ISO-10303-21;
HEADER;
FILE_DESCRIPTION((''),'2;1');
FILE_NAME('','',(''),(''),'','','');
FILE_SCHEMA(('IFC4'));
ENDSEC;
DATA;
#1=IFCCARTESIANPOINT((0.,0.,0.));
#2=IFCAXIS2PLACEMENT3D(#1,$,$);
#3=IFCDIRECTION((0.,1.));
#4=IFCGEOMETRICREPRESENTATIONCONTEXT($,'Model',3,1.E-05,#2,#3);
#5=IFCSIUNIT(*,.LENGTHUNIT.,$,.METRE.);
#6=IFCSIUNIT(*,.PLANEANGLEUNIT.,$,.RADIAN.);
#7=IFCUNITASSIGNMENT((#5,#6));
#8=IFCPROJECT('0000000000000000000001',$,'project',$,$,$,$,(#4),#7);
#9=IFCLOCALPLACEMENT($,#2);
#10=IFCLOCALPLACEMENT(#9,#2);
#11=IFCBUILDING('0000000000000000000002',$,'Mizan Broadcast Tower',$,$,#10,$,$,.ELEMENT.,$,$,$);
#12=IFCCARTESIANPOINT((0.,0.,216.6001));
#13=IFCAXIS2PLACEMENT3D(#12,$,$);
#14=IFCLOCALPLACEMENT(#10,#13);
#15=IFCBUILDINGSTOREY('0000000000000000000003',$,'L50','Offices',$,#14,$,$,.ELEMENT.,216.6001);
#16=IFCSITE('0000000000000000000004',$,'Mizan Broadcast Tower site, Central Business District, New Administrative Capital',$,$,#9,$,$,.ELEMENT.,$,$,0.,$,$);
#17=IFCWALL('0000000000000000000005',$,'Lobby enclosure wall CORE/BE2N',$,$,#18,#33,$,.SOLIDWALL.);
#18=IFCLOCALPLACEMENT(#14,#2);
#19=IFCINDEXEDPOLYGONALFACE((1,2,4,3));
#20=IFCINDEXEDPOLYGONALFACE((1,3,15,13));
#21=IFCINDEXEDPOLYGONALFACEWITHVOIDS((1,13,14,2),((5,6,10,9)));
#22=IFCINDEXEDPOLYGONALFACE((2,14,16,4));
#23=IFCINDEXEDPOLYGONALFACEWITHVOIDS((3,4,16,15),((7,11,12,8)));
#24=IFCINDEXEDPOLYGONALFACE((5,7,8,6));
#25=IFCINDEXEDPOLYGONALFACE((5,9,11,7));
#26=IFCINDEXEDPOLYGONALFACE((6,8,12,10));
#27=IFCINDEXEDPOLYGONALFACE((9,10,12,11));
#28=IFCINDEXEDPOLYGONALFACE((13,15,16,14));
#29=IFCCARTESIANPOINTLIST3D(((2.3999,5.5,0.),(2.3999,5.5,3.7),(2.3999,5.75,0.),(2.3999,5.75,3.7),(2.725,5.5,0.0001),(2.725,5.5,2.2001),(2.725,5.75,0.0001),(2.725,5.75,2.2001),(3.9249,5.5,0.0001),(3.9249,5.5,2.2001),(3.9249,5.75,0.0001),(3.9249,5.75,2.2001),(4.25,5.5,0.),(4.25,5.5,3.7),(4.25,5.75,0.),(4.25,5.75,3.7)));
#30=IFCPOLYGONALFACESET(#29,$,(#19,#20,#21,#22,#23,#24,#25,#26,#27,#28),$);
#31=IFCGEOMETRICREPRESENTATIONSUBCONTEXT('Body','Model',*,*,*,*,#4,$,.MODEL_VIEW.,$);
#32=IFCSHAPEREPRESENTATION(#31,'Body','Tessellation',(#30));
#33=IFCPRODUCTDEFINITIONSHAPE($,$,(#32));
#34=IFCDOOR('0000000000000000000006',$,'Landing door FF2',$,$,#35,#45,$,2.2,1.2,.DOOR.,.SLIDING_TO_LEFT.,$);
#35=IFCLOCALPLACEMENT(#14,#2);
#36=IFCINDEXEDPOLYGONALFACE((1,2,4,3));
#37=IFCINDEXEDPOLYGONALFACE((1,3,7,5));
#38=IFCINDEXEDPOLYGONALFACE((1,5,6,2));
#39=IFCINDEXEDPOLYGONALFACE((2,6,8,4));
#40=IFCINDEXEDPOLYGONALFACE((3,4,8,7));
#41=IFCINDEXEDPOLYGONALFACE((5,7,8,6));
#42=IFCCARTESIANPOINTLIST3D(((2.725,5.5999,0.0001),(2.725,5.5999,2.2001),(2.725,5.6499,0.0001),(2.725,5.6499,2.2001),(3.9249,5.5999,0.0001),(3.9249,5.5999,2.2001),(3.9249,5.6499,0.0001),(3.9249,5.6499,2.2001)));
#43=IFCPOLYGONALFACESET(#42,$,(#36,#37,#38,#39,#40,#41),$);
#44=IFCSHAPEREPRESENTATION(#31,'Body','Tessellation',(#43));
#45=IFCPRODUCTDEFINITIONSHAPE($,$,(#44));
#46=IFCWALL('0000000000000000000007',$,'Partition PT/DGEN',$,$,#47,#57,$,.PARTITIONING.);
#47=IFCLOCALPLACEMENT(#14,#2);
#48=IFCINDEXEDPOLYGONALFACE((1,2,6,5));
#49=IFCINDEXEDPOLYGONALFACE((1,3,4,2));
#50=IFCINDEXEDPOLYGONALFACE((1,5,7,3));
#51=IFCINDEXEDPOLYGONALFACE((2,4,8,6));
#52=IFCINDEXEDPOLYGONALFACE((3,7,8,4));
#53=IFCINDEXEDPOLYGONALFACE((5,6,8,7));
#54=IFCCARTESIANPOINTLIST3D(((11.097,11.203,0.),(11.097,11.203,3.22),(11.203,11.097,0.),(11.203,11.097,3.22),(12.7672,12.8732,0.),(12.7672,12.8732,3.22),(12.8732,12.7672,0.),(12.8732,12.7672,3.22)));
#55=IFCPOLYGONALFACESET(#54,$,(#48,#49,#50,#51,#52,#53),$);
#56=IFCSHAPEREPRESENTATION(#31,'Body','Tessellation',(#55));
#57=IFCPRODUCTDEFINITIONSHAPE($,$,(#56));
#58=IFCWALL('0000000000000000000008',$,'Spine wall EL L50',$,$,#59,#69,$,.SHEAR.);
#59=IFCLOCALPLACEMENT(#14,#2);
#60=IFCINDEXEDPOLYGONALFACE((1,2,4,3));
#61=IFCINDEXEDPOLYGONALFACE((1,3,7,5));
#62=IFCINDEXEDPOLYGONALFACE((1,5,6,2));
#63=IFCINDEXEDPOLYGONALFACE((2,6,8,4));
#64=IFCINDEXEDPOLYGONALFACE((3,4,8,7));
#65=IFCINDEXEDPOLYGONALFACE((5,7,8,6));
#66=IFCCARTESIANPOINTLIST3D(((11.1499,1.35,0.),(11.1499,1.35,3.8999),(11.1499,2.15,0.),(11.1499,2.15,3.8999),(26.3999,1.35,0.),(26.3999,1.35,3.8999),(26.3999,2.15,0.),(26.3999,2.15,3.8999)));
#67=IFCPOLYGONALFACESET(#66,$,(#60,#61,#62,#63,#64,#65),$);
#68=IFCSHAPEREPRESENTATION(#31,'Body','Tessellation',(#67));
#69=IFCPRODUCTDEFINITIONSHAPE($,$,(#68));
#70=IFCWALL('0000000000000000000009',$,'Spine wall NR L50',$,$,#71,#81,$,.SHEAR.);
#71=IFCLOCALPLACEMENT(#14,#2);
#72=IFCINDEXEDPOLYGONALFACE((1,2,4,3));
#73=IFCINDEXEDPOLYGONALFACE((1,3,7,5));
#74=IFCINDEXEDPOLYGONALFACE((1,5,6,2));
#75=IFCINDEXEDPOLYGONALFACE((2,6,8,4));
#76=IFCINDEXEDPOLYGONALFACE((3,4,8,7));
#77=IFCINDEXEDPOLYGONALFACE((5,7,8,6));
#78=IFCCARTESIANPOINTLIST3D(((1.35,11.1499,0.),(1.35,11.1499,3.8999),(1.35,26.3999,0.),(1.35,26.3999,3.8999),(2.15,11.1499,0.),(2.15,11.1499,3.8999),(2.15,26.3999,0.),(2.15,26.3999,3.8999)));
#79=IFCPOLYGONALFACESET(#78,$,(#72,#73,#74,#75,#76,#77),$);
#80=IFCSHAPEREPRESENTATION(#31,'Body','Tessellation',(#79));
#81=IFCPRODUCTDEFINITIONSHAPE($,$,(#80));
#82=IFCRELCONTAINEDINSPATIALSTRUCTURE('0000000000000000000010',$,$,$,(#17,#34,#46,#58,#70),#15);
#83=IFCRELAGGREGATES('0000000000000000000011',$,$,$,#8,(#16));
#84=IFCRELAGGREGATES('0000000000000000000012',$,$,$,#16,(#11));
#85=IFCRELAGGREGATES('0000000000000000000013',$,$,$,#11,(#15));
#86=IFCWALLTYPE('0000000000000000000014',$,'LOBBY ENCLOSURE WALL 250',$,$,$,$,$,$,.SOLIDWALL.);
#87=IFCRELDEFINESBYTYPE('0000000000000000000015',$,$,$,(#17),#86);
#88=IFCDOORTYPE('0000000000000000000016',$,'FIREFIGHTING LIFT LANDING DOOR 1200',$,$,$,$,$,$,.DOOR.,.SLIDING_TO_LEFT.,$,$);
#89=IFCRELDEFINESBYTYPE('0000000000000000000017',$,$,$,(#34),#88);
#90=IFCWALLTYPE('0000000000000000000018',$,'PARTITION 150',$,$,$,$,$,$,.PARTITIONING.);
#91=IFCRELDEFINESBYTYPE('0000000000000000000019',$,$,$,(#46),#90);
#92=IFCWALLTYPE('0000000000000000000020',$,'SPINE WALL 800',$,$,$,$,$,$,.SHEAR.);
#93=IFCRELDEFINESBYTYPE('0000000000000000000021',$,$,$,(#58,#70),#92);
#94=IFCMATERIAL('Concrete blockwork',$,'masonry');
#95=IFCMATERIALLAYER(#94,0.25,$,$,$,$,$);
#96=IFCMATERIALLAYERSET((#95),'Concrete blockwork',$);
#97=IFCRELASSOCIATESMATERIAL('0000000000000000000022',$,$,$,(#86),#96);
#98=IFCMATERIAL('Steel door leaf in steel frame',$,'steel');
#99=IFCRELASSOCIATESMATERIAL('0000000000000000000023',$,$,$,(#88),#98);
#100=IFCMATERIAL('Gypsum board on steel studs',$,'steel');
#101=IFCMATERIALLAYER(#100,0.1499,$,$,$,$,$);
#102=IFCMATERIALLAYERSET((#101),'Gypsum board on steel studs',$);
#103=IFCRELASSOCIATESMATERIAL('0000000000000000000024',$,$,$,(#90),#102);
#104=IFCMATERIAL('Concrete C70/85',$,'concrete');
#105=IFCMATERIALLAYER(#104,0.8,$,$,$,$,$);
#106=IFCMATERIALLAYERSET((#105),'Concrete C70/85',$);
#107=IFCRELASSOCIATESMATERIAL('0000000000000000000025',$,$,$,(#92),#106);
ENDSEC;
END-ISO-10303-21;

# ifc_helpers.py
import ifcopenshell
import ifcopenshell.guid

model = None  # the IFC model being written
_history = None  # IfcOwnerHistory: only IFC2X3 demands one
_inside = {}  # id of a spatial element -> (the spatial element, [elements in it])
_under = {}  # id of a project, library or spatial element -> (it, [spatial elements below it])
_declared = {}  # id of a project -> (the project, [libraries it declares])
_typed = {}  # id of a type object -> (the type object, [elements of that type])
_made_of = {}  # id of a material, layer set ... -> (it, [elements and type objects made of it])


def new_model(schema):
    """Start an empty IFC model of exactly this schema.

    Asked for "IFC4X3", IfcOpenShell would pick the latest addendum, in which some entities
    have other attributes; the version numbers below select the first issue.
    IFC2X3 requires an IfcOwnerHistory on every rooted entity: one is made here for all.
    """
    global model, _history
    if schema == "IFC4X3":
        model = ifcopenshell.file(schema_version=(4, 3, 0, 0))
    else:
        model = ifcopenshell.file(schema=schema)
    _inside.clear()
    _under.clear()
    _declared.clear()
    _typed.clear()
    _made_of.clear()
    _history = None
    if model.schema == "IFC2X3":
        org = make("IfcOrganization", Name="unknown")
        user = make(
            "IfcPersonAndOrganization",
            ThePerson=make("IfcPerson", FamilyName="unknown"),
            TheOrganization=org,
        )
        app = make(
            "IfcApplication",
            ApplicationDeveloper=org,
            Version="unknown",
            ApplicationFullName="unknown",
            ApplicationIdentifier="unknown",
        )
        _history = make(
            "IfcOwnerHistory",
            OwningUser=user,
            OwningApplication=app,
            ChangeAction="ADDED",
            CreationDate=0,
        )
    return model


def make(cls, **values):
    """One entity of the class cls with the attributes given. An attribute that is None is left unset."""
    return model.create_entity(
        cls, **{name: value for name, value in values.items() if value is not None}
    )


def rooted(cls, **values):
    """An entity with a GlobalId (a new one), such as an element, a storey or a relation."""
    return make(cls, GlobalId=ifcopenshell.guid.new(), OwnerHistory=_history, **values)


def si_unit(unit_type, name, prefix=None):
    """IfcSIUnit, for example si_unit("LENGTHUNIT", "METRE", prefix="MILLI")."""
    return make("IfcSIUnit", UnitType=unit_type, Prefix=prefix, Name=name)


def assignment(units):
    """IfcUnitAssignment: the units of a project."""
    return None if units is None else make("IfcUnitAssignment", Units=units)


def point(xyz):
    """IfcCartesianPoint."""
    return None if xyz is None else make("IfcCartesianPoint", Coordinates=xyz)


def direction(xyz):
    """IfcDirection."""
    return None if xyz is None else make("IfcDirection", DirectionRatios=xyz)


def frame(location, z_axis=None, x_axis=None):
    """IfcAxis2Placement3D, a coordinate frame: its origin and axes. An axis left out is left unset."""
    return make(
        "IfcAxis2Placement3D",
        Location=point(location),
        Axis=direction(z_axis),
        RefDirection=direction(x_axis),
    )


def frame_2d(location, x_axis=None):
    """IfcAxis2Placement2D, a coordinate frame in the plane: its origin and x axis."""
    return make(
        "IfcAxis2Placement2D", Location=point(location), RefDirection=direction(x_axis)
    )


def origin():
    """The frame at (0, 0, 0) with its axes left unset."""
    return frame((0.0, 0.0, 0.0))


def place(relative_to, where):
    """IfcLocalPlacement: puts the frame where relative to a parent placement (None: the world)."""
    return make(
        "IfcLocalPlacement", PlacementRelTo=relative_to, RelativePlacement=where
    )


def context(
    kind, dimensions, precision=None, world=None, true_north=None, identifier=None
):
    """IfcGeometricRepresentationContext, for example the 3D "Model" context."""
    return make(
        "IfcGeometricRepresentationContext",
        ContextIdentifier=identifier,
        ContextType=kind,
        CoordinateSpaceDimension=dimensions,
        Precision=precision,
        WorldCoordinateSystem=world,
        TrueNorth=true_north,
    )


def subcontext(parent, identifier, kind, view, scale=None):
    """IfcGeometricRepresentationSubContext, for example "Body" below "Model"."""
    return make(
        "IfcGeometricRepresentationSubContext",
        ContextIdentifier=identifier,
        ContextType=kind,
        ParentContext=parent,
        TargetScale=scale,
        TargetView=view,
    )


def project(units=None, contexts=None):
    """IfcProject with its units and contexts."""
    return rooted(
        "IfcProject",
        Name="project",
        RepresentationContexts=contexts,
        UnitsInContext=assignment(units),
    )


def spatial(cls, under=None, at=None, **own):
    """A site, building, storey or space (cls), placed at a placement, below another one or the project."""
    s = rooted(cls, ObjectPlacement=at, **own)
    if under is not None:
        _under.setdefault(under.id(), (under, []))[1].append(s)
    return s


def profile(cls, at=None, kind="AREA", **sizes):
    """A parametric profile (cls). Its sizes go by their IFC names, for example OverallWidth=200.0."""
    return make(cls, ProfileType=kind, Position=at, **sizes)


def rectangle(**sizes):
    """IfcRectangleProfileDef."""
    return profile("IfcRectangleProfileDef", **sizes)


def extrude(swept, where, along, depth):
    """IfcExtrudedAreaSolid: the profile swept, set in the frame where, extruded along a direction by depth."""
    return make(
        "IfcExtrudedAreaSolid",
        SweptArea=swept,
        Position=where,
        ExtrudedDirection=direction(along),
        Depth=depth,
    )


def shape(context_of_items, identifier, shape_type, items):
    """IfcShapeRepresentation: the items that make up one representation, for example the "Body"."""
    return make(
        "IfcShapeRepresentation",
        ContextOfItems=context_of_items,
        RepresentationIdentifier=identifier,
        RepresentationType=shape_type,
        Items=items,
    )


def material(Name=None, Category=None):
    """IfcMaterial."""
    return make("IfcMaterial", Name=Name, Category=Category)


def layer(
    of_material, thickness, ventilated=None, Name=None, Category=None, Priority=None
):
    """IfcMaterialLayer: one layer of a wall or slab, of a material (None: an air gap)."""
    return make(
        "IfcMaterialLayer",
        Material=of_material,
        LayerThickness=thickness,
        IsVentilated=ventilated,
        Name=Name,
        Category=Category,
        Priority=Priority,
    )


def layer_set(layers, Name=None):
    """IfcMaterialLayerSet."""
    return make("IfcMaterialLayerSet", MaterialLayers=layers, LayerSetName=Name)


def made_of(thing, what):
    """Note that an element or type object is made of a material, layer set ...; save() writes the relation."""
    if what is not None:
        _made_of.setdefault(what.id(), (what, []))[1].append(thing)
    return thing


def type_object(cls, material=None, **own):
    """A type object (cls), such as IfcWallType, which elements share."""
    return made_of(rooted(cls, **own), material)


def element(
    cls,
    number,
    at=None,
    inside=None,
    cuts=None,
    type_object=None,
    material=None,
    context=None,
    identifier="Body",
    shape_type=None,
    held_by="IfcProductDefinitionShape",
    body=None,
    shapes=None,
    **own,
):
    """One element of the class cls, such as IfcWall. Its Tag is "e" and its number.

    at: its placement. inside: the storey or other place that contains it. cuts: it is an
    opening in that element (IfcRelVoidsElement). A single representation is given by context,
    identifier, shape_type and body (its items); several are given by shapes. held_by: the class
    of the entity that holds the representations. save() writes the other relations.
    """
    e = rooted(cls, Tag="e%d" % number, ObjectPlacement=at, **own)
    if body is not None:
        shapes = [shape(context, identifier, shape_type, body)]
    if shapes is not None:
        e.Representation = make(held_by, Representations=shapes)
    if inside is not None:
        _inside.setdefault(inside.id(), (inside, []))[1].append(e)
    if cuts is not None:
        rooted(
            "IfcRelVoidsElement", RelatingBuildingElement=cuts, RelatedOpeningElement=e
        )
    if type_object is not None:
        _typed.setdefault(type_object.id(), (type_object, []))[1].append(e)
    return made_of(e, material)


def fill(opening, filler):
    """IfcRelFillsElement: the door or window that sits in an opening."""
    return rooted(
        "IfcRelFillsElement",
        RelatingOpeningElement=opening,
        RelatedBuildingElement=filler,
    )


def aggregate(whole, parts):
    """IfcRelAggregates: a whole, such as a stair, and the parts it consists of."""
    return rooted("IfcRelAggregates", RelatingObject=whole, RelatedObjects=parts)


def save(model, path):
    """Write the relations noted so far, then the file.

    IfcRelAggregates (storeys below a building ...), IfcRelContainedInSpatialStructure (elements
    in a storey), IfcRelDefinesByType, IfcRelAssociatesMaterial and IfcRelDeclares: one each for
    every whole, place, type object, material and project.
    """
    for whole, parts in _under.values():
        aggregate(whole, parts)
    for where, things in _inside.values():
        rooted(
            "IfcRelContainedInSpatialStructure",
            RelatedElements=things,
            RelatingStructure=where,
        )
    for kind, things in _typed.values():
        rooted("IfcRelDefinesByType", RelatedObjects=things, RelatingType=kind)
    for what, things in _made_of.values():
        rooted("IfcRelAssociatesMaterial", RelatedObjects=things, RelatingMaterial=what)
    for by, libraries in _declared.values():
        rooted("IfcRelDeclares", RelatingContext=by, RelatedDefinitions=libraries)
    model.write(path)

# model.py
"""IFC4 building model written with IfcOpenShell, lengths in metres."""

from ifc_helpers import new_model, si_unit, direction, frame, frame_2d, origin, place, context, subcontext, project, spatial, rectangle, extrude, material, layer, layer_set, type_object, element, fill, save


model = new_model("IFC4")

# Units and contexts
model_context = context("Model", 3, precision=1e-05, world=origin(), true_north=direction((0.0, 1.0)))
body_context = subcontext(model_context, "Body", "Model", "MODEL_VIEW")
ifc_project = project(units=[si_unit("LENGTHUNIT", "METRE"), si_unit("PLANEANGLEUNIT", "RADIAN")], contexts=[model_context])

# Site, building, storey
site_placement = place(None, origin())
site = spatial("IfcSite", under=ifc_project, at=site_placement, Name="Mizan Broadcast Tower site, Central Business District, New Administrative Capital", CompositionType="ELEMENT", RefElevation=0.0)
building_placement = place(site_placement, origin())
building = spatial("IfcBuilding", under=site, at=building_placement, Name="Mizan Broadcast Tower", CompositionType="ELEMENT")
storey_placement = place(building_placement, frame((0.0, 0.0, 216.6001)))
storey = spatial("IfcBuildingStorey", under=building, at=storey_placement, Name="L50", Description="Offices", CompositionType="ELEMENT", Elevation=216.6001)

# Wall, opening, door
ifc_material_1 = material(Name="Concrete blockwork", Category="masonry")
ifc_layer_1 = layer(ifc_material_1, 0.25)
ifc_layer_set_1 = layer_set([ifc_layer_1], Name="Concrete blockwork")
wall_type_1 = type_object("IfcWallType", Name="LOBBY ENCLOSURE WALL 250", PredefinedType="SOLIDWALL", material=ifc_layer_set_1)
wall_1_placement = place(storey_placement, frame((2.3999, 5.625, 0.0), z_axis=(0.0, 0.0, 1.0), x_axis=(1.0, 0.0, 0.0)))
wall_1 = element("IfcWall", 1, at=wall_1_placement, inside=storey, type_object=wall_type_1, Name="Lobby enclosure wall CORE/BE2N", PredefinedType="SOLIDWALL", context=body_context, shape_type="SweptSolid", body=[
    extrude(rectangle(XDim=1.8501, YDim=0.25, at=frame_2d((0.925, 0.0))), origin(), (0.0, 0.0, 1.0), 3.7),
])
opening_1_placement = place(wall_1_placement, frame((0.325, 0.0, 0.0)))
opening_1 = element("IfcOpeningElement", 2, at=opening_1_placement, cuts=wall_1, PredefinedType="OPENING", context=body_context, shape_type="SweptSolid", body=[
    extrude(rectangle(XDim=1.2, YDim=2.2, at=frame_2d((0.6001, 1.1001))), frame((0.0, 0.135, 0.0), z_axis=(0.0, -1.0, 0.0), x_axis=(1.0, 0.0, 0.0)), (0.0, 0.0, 1.0), 0.27),
])
ifc_material_2 = material(Name="Steel door leaf in steel frame", Category="steel")
door_type_1 = type_object("IfcDoorType", Name="FIREFIGHTING LIFT LANDING DOOR 1200", OperationType="SLIDING_TO_LEFT", PredefinedType="DOOR", material=ifc_material_2)
door_1_placement = place(opening_1_placement, origin())
door_1 = element("IfcDoor", 3, at=door_1_placement, inside=storey, type_object=door_type_1, Name="Landing door FF2", OperationType="SLIDING_TO_LEFT", OverallHeight=2.2, OverallWidth=1.2, PredefinedType="DOOR", context=body_context, shape_type="SweptSolid", body=[
    extrude(rectangle(XDim=1.2, YDim=2.2, at=frame_2d((0.6001, 1.1001))), frame((0.0, 0.0249, 0.0), z_axis=(0.0, -1.0, 0.0), x_axis=(1.0, 0.0, 0.0)), (0.0, 0.0, 1.0), 0.05),
])
fill(opening_1, door_1)

# Walls
ifc_material_3 = material(Name="Gypsum board on steel studs", Category="steel")
ifc_layer_2 = layer(ifc_material_3, 0.1499)
ifc_layer_set_2 = layer_set([ifc_layer_2], Name="Gypsum board on steel studs")
wall_type_2 = type_object("IfcWallType", Name="PARTITION 150", PredefinedType="PARTITIONING", material=ifc_layer_set_2)
wall_2_placement = place(storey_placement, frame((11.1499, 11.1499, 0.0), z_axis=(0.0, 0.0, 1.0), x_axis=(0.707107, 0.707107, 0.0)))
element("IfcWall", 4, at=wall_2_placement, inside=storey, type_object=wall_type_2, Name="Partition PT/DGEN", PredefinedType="PARTITIONING", context=body_context, shape_type="SweptSolid", body=[
    extrude(rectangle(XDim=2.3621, YDim=0.1499, at=frame_2d((1.1812, 0.0))), origin(), (0.0, 0.0, 1.0), 3.22),
])
ifc_material_4 = material(Name="Concrete C70/85", Category="concrete")
ifc_layer_3 = layer(ifc_material_4, 0.8)
ifc_layer_set_3 = layer_set([ifc_layer_3], Name="Concrete C70/85")
wall_type_3 = type_object("IfcWallType", Name="SPINE WALL 800", PredefinedType="SHEAR", material=ifc_layer_set_3)
for number, where, z_axis, x_axis, name in (
    (5, (11.1499, 1.75, 0.0), (0.0, 0.0, 1.0), (1.0, 0.0, 0.0), "Spine wall EL L50"),
    (6, (1.75, 11.1499, 0.0), (0.0, 0.0, 1.0), (0.0, 1.0, 0.0), "Spine wall NR L50"),
):
    element("IfcWall", number, at=place(storey_placement, frame(where, z_axis=z_axis, x_axis=x_axis)), inside=storey, type_object=wall_type_3, Name=name, PredefinedType="SHEAR", context=body_context, shape_type="SweptSolid", body=[
        extrude(rectangle(XDim=15.25, YDim=0.8, at=frame_2d((7.625, 0.0))), origin(), (0.0, 0.0, 1.0), 3.8999),
    ])

save(model, "model.ifc")
